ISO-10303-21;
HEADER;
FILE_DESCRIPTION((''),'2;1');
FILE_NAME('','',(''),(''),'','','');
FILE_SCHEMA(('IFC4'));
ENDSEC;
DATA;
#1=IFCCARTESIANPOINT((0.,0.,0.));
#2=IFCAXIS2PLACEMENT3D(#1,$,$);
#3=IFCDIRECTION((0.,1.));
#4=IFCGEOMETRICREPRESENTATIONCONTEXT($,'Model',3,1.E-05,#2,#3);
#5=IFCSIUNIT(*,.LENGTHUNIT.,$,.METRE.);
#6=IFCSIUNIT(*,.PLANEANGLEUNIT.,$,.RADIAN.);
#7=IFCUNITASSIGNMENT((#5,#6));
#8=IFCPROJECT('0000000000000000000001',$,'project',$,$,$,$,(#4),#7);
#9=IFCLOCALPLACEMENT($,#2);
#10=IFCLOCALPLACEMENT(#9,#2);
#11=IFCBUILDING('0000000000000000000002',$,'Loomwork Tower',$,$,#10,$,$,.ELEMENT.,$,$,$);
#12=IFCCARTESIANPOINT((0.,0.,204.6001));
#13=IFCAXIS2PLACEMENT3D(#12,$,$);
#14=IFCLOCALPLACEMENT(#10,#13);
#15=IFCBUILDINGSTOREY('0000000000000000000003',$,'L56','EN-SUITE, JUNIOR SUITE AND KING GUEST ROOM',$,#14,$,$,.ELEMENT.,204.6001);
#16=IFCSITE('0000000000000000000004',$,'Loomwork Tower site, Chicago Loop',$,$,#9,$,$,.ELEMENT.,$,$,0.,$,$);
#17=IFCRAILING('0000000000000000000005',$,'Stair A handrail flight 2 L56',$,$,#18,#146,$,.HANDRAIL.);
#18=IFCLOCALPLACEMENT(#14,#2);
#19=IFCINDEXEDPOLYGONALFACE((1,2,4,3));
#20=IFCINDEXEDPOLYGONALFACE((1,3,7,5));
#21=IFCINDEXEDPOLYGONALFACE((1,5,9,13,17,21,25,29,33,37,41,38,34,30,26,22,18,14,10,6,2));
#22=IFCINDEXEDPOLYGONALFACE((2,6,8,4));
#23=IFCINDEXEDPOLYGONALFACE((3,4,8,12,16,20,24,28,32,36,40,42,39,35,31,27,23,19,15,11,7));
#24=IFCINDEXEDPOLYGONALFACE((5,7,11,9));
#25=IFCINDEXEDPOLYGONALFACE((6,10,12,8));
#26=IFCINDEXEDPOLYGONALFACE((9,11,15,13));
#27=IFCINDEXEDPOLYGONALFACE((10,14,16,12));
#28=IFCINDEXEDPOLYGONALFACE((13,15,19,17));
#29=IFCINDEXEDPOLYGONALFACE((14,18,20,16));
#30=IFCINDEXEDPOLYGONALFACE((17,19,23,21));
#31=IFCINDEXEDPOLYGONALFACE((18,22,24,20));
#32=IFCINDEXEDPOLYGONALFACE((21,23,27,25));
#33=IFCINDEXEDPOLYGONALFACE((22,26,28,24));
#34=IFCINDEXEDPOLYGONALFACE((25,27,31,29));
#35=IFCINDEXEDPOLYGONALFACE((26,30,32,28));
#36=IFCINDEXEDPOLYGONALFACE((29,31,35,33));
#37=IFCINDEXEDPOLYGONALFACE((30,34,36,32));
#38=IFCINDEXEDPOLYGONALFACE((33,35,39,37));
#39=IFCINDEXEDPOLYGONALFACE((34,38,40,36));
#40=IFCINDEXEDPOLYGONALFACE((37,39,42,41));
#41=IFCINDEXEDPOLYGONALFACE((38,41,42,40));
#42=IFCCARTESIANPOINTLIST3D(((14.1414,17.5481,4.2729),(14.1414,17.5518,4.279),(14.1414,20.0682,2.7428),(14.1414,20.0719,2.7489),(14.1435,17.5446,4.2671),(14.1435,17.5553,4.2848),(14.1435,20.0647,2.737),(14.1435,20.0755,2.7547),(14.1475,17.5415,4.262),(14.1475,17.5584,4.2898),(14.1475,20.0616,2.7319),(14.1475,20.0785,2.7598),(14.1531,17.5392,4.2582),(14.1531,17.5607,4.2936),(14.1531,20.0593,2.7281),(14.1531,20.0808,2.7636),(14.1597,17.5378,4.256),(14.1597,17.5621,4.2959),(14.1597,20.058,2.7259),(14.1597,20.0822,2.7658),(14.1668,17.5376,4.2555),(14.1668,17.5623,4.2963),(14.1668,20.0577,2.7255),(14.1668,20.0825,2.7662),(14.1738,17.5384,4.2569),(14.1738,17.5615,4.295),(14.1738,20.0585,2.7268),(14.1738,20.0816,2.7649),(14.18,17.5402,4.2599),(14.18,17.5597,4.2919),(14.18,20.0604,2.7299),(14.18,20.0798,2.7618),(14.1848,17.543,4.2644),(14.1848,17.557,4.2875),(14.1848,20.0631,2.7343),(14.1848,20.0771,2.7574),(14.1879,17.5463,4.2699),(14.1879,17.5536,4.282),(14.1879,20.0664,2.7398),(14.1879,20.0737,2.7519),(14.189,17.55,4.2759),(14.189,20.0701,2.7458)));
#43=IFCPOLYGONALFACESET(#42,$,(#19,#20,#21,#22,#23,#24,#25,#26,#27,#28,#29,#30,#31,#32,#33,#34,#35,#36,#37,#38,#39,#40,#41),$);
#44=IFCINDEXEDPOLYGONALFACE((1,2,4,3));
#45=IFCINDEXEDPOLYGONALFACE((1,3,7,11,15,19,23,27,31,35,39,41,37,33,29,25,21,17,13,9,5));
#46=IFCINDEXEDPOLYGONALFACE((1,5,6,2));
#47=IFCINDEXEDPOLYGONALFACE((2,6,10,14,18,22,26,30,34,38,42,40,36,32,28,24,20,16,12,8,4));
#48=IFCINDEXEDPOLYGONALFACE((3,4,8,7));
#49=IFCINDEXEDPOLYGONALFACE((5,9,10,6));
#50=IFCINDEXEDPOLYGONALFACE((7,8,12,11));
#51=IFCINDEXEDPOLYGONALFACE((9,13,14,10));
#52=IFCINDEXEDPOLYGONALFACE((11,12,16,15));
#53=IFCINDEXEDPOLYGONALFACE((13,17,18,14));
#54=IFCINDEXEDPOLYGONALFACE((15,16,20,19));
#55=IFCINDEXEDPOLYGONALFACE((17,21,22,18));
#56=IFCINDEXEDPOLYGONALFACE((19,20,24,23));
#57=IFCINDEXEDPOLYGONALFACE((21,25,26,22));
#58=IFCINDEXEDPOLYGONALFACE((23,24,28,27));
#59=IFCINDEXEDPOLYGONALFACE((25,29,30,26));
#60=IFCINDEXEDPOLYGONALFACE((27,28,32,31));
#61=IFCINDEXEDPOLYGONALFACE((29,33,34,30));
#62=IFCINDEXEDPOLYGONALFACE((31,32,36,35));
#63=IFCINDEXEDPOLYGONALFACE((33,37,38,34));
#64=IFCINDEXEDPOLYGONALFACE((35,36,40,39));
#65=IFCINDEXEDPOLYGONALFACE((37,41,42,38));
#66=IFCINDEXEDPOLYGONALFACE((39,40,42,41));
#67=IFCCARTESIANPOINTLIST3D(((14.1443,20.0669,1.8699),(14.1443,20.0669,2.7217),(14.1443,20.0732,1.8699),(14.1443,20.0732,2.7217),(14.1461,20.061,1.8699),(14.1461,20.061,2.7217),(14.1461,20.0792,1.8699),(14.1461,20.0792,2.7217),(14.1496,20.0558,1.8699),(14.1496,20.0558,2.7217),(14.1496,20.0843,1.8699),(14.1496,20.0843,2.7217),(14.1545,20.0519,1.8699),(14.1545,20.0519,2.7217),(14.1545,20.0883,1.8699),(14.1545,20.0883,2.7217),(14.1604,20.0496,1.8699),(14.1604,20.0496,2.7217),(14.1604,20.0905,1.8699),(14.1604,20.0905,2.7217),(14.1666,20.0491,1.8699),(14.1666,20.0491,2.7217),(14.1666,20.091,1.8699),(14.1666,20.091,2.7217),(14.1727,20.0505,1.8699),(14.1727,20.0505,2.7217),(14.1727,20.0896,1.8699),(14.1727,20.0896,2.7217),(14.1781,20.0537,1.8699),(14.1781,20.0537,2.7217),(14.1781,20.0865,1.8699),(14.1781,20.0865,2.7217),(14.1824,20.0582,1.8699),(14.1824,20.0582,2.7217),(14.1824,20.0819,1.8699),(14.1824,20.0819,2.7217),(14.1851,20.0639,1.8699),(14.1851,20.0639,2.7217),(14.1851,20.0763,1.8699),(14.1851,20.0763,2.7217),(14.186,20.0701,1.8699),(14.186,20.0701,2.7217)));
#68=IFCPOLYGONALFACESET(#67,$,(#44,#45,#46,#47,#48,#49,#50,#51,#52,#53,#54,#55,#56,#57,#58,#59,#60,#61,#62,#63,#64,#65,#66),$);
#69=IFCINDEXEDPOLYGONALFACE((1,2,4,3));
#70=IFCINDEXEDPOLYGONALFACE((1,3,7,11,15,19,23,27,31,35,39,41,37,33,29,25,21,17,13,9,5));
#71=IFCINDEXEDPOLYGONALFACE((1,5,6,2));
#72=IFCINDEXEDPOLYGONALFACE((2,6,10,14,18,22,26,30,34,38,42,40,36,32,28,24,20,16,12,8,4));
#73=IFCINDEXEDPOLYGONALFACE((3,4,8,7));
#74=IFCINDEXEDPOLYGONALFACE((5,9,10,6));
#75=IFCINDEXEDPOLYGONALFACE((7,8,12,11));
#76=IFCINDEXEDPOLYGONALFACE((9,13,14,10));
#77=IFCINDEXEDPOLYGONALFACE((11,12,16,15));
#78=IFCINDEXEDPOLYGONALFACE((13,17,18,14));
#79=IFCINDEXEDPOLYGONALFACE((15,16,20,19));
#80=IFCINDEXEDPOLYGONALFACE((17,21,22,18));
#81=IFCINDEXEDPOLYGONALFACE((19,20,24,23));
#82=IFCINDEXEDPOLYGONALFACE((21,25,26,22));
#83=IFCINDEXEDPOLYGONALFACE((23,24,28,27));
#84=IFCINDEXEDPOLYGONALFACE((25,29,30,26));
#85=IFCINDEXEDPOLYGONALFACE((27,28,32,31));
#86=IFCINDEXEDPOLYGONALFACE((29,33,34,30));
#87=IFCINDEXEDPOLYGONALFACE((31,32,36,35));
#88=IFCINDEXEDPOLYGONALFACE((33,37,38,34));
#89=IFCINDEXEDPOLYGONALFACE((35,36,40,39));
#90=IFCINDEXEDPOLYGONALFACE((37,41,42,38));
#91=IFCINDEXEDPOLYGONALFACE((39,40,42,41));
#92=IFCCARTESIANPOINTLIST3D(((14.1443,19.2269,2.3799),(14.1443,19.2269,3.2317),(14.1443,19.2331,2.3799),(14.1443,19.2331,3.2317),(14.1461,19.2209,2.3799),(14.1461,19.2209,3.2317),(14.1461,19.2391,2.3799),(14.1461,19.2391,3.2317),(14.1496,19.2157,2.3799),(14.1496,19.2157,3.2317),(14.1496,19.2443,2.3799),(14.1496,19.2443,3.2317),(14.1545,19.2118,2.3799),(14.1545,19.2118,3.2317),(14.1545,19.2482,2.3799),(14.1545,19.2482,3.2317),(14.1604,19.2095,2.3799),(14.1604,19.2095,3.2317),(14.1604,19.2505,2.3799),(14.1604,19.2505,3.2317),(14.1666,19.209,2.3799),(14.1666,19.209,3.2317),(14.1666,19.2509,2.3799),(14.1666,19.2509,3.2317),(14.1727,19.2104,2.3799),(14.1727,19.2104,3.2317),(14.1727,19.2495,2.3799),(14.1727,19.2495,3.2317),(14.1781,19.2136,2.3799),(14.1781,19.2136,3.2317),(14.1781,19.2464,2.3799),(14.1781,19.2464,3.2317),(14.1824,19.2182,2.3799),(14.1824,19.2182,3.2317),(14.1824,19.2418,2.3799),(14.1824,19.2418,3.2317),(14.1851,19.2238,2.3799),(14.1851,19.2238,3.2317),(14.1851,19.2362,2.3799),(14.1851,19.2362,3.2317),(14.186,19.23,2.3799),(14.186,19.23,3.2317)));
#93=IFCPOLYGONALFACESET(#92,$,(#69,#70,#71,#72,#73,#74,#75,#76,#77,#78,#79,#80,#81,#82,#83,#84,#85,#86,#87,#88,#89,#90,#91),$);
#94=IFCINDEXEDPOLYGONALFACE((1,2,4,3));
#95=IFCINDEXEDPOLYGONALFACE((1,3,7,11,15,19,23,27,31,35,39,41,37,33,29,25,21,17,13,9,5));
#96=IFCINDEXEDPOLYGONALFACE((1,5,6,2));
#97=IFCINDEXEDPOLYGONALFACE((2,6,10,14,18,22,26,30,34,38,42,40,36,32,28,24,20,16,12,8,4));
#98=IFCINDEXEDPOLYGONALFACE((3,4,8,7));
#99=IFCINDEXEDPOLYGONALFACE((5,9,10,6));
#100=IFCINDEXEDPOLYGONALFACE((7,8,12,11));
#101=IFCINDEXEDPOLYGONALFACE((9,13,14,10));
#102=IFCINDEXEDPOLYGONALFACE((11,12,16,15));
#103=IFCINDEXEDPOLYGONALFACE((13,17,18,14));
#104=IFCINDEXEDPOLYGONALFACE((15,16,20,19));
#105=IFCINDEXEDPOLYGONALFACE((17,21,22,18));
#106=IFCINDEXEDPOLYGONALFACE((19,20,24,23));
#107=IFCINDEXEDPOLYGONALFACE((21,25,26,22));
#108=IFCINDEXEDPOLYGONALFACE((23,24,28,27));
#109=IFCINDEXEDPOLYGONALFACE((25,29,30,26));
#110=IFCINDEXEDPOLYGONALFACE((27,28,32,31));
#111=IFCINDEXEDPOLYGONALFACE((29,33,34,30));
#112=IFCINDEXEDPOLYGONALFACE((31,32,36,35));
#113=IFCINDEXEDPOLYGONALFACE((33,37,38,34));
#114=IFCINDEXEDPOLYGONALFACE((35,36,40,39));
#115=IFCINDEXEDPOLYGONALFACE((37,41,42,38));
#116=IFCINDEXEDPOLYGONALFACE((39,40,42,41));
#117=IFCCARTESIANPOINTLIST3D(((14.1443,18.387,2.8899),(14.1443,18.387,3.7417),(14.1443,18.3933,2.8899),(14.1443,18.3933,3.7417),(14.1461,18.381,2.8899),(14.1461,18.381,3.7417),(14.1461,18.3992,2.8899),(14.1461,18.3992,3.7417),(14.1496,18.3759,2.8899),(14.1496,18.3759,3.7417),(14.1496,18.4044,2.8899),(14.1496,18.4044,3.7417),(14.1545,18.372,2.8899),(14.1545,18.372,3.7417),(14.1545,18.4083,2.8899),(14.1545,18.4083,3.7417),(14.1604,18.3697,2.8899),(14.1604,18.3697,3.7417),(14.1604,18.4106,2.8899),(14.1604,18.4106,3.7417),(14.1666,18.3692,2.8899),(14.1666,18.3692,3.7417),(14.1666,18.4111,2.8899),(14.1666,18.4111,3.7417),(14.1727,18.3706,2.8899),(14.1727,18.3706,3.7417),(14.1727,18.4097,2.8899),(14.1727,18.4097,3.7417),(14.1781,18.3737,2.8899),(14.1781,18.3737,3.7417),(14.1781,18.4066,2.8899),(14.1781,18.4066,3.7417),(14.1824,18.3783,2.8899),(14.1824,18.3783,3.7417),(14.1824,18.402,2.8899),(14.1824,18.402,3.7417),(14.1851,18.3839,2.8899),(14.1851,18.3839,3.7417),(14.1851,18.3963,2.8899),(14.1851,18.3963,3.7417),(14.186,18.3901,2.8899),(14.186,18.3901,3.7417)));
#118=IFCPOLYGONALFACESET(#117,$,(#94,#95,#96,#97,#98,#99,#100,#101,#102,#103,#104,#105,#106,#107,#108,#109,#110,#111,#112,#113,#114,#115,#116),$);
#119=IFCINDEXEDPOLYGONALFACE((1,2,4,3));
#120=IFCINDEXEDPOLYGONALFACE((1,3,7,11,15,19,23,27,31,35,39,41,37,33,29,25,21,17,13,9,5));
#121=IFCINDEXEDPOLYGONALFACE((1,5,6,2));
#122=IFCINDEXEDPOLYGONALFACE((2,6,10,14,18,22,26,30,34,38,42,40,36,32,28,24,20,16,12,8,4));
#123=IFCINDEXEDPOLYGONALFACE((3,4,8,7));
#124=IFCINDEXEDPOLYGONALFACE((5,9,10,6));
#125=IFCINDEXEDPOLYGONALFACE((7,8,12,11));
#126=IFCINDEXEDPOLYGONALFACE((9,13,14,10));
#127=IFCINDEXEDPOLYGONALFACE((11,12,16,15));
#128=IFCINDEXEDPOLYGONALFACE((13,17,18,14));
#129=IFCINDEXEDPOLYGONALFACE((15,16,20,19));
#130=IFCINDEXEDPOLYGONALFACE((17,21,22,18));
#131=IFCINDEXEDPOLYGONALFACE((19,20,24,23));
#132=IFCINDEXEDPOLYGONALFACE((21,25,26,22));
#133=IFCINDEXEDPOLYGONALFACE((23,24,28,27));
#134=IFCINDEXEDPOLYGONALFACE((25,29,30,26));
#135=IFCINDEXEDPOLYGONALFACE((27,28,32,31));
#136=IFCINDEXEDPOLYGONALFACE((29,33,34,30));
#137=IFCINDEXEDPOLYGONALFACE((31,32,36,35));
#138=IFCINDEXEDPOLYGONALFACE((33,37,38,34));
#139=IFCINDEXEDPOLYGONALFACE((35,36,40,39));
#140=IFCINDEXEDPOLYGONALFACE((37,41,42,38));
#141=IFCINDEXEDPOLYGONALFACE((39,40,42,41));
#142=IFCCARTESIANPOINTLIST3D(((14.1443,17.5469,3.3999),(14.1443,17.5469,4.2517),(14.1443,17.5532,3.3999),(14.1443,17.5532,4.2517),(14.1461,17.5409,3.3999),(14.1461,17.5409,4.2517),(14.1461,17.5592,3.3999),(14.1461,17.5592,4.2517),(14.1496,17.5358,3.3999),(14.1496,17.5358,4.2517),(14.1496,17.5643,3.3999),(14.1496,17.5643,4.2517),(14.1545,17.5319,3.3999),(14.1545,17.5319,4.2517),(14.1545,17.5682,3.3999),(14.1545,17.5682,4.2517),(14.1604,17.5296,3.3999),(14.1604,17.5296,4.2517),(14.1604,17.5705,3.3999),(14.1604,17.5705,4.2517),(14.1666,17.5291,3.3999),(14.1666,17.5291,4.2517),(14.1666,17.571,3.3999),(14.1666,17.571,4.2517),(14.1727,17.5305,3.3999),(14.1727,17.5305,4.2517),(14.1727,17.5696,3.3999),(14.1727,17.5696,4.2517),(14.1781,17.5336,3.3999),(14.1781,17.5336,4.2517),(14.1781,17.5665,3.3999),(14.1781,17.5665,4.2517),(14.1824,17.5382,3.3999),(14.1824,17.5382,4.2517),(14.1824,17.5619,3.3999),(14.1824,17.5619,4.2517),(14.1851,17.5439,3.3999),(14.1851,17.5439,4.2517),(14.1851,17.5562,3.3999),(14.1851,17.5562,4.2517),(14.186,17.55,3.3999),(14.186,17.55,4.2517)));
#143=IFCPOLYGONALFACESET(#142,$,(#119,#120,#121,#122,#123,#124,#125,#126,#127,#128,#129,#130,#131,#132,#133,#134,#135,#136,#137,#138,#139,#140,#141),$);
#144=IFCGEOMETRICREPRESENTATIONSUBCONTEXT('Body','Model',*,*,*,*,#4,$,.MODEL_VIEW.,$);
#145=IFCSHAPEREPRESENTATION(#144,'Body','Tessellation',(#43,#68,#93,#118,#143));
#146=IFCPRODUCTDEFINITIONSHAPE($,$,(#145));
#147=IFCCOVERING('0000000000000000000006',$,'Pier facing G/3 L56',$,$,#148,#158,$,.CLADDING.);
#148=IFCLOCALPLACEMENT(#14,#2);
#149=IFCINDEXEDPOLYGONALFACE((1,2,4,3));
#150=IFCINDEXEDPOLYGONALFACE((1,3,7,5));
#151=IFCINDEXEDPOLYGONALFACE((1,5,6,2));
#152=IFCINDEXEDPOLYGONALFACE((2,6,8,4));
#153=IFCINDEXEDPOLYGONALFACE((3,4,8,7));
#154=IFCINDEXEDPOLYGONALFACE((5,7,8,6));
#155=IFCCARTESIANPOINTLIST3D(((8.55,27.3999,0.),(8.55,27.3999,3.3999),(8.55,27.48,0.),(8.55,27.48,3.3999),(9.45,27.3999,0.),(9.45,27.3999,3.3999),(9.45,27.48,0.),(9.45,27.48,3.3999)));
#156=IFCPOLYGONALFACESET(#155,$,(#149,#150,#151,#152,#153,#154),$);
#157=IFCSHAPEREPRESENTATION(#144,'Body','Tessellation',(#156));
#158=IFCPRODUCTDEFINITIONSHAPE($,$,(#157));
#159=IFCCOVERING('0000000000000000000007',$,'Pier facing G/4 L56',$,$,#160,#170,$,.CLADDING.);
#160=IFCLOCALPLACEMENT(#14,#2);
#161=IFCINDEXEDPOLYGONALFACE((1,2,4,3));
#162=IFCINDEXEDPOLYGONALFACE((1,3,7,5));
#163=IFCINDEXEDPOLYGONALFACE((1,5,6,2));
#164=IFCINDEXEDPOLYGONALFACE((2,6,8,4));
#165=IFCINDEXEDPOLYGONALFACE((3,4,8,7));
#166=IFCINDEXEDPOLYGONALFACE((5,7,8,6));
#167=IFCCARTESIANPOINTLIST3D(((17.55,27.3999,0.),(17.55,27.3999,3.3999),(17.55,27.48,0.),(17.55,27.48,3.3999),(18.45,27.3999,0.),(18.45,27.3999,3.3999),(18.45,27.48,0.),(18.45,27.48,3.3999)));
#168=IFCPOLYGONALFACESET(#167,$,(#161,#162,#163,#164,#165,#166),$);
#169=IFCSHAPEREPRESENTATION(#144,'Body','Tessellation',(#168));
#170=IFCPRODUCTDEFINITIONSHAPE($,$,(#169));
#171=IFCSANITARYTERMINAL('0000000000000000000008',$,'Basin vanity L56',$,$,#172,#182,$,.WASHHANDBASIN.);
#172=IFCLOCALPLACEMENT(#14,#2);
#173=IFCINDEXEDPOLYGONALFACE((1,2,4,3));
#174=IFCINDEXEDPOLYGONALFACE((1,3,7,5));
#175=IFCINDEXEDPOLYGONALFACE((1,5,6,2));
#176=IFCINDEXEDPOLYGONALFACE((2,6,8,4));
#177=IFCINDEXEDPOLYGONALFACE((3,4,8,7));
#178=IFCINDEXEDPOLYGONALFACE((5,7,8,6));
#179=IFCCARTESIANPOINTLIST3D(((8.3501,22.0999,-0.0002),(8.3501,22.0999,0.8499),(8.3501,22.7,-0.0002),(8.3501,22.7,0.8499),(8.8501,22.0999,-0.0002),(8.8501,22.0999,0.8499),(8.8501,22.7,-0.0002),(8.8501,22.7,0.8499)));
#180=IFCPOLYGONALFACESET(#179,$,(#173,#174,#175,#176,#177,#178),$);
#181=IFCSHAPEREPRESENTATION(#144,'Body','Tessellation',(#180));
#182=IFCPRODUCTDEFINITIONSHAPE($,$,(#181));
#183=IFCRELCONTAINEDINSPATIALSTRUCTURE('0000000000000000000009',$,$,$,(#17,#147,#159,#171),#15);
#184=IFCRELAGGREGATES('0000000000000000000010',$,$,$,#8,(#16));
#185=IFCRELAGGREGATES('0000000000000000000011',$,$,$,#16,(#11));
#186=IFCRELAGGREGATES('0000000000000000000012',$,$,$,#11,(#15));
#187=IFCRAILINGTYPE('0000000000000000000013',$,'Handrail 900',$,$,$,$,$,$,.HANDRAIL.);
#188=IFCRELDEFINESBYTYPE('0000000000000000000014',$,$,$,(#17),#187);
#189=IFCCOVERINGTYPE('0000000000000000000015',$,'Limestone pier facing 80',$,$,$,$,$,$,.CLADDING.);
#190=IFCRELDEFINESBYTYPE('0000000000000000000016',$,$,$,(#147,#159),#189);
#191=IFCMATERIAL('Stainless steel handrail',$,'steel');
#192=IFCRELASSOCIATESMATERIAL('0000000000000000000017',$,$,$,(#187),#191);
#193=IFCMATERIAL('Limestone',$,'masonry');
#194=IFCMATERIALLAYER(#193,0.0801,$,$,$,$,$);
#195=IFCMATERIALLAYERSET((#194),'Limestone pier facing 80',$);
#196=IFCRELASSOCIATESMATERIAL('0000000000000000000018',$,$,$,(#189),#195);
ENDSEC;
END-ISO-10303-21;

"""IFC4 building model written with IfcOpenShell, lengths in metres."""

from ifc_helpers import new_model, si_unit, direction, frame, origin, origin_2d, place, context, subcontext, project, spatial, rectangle, circle, extrude, material, layer, layer_set, type_object, element, save


model = new_model("IFC4")

# Units and contexts
model_context = context("Model", 3, precision=1e-05, world=origin(), true_north=direction((0.0, 1.0)))
body_context = subcontext(model_context, "Body", "Model", "MODEL_VIEW")
ifc_project = project(units=[si_unit("LENGTHUNIT", "METRE"), si_unit("PLANEANGLEUNIT", "RADIAN")], contexts=[model_context])

# Site, building, storey
site_placement = place(None, origin())
site = spatial("IfcSite", under=ifc_project, at=site_placement, Name="Loomwork Tower site, Chicago Loop", CompositionType="ELEMENT", RefElevation=0.0)
building_placement = place(site_placement, origin())
building = spatial("IfcBuilding", under=site, at=building_placement, Name="Loomwork Tower", CompositionType="ELEMENT")
storey_placement = place(building_placement, frame((0.0, 0.0, 204.6001)))
storey = spatial("IfcBuildingStorey", under=building, at=storey_placement, Name="L56", Description="EN-SUITE, JUNIOR SUITE AND KING GUEST ROOM", CompositionType="ELEMENT", Elevation=204.6001)

# Railing
ifc_material_1 = material(Name="Stainless steel handrail", Category="steel")
railing_type = type_object("IfcRailingType", Name="Handrail 900", PredefinedType="HANDRAIL", material=ifc_material_1)
railing_placement = place(storey_placement, frame((14.165, 20.0701, 1.8699)))
element("IfcRailing", 1, at=railing_placement, inside=storey, type_object=railing_type, Name="Stair A handrail flight 2 L56", PredefinedType="HANDRAIL", context=body_context, shape_type="SweptSolid", body=[
    extrude(circle(Radius=0.0239, at=origin_2d()), frame((0.0, 0.0, 0.876), z_axis=(0.0, -0.854785, 0.518982), x_axis=(1.0, 0.0, 0.0)), (0.0, 0.0, 1.0), 2.9482),
    extrude(circle(Radius=0.021, at=origin_2d()), origin(), (0.0, 0.0, 1.0), 0.8518),
    extrude(circle(Radius=0.021, at=origin_2d()), frame((0.0, -0.8401, 0.51)), (0.0, 0.0, 1.0), 0.8518),
    extrude(circle(Radius=0.021, at=origin_2d()), frame((0.0, -1.6799, 1.02)), (0.0, 0.0, 1.0), 0.8518),
    extrude(circle(Radius=0.021, at=origin_2d()), frame((0.0, -2.52, 1.53)), (0.0, 0.0, 1.0), 0.8518),
])

# Coverings
ifc_material_2 = material(Name="Limestone", Category="masonry")
ifc_layer_1 = layer(ifc_material_2, 0.0801)
ifc_layer_set_1 = layer_set([ifc_layer_1], Name="Limestone pier facing 80")
covering_type = type_object("IfcCoveringType", Name="Limestone pier facing 80", PredefinedType="CLADDING", material=ifc_layer_set_1)
for number, where, z_axis, x_axis, name in (
    (2, (9.0, 27.4399, 0.0), (0.0, 0.0, 1.0), (1.0, 0.0, 0.0), "Pier facing G/3 L56"),
    (3, (18.0, 27.4399, 0.0), (0.0, 0.0, 1.0), (1.0, 0.0, 0.0), "Pier facing G/4 L56"),
):
    element("IfcCovering", number, at=place(storey_placement, frame(where, z_axis=z_axis, x_axis=x_axis)), inside=storey, type_object=covering_type, Name=name, PredefinedType="CLADDING", context=body_context, shape_type="SweptSolid", body=[
        extrude(rectangle(XDim=0.8999, YDim=0.0801, at=origin_2d()), origin(), (0.0, 0.0, 1.0), 3.3999),
    ])

# Sanitary terminal
sanitary_terminal_placement = place(storey_placement, frame((8.6001, 22.3999, -0.0002), z_axis=(0.0, 0.0, 1.0), x_axis=(1.0, 0.0, 0.0)))
element("IfcSanitaryTerminal", 4, at=sanitary_terminal_placement, inside=storey, Name="Basin vanity L56", PredefinedType="WASHHANDBASIN", context=body_context, shape_type="SweptSolid", body=[
    extrude(rectangle(XDim=0.5, YDim=0.6001, at=origin_2d()), origin(), (0.0, 0.0, 1.0), 0.8501),
])

save(model, "model.ifc")
